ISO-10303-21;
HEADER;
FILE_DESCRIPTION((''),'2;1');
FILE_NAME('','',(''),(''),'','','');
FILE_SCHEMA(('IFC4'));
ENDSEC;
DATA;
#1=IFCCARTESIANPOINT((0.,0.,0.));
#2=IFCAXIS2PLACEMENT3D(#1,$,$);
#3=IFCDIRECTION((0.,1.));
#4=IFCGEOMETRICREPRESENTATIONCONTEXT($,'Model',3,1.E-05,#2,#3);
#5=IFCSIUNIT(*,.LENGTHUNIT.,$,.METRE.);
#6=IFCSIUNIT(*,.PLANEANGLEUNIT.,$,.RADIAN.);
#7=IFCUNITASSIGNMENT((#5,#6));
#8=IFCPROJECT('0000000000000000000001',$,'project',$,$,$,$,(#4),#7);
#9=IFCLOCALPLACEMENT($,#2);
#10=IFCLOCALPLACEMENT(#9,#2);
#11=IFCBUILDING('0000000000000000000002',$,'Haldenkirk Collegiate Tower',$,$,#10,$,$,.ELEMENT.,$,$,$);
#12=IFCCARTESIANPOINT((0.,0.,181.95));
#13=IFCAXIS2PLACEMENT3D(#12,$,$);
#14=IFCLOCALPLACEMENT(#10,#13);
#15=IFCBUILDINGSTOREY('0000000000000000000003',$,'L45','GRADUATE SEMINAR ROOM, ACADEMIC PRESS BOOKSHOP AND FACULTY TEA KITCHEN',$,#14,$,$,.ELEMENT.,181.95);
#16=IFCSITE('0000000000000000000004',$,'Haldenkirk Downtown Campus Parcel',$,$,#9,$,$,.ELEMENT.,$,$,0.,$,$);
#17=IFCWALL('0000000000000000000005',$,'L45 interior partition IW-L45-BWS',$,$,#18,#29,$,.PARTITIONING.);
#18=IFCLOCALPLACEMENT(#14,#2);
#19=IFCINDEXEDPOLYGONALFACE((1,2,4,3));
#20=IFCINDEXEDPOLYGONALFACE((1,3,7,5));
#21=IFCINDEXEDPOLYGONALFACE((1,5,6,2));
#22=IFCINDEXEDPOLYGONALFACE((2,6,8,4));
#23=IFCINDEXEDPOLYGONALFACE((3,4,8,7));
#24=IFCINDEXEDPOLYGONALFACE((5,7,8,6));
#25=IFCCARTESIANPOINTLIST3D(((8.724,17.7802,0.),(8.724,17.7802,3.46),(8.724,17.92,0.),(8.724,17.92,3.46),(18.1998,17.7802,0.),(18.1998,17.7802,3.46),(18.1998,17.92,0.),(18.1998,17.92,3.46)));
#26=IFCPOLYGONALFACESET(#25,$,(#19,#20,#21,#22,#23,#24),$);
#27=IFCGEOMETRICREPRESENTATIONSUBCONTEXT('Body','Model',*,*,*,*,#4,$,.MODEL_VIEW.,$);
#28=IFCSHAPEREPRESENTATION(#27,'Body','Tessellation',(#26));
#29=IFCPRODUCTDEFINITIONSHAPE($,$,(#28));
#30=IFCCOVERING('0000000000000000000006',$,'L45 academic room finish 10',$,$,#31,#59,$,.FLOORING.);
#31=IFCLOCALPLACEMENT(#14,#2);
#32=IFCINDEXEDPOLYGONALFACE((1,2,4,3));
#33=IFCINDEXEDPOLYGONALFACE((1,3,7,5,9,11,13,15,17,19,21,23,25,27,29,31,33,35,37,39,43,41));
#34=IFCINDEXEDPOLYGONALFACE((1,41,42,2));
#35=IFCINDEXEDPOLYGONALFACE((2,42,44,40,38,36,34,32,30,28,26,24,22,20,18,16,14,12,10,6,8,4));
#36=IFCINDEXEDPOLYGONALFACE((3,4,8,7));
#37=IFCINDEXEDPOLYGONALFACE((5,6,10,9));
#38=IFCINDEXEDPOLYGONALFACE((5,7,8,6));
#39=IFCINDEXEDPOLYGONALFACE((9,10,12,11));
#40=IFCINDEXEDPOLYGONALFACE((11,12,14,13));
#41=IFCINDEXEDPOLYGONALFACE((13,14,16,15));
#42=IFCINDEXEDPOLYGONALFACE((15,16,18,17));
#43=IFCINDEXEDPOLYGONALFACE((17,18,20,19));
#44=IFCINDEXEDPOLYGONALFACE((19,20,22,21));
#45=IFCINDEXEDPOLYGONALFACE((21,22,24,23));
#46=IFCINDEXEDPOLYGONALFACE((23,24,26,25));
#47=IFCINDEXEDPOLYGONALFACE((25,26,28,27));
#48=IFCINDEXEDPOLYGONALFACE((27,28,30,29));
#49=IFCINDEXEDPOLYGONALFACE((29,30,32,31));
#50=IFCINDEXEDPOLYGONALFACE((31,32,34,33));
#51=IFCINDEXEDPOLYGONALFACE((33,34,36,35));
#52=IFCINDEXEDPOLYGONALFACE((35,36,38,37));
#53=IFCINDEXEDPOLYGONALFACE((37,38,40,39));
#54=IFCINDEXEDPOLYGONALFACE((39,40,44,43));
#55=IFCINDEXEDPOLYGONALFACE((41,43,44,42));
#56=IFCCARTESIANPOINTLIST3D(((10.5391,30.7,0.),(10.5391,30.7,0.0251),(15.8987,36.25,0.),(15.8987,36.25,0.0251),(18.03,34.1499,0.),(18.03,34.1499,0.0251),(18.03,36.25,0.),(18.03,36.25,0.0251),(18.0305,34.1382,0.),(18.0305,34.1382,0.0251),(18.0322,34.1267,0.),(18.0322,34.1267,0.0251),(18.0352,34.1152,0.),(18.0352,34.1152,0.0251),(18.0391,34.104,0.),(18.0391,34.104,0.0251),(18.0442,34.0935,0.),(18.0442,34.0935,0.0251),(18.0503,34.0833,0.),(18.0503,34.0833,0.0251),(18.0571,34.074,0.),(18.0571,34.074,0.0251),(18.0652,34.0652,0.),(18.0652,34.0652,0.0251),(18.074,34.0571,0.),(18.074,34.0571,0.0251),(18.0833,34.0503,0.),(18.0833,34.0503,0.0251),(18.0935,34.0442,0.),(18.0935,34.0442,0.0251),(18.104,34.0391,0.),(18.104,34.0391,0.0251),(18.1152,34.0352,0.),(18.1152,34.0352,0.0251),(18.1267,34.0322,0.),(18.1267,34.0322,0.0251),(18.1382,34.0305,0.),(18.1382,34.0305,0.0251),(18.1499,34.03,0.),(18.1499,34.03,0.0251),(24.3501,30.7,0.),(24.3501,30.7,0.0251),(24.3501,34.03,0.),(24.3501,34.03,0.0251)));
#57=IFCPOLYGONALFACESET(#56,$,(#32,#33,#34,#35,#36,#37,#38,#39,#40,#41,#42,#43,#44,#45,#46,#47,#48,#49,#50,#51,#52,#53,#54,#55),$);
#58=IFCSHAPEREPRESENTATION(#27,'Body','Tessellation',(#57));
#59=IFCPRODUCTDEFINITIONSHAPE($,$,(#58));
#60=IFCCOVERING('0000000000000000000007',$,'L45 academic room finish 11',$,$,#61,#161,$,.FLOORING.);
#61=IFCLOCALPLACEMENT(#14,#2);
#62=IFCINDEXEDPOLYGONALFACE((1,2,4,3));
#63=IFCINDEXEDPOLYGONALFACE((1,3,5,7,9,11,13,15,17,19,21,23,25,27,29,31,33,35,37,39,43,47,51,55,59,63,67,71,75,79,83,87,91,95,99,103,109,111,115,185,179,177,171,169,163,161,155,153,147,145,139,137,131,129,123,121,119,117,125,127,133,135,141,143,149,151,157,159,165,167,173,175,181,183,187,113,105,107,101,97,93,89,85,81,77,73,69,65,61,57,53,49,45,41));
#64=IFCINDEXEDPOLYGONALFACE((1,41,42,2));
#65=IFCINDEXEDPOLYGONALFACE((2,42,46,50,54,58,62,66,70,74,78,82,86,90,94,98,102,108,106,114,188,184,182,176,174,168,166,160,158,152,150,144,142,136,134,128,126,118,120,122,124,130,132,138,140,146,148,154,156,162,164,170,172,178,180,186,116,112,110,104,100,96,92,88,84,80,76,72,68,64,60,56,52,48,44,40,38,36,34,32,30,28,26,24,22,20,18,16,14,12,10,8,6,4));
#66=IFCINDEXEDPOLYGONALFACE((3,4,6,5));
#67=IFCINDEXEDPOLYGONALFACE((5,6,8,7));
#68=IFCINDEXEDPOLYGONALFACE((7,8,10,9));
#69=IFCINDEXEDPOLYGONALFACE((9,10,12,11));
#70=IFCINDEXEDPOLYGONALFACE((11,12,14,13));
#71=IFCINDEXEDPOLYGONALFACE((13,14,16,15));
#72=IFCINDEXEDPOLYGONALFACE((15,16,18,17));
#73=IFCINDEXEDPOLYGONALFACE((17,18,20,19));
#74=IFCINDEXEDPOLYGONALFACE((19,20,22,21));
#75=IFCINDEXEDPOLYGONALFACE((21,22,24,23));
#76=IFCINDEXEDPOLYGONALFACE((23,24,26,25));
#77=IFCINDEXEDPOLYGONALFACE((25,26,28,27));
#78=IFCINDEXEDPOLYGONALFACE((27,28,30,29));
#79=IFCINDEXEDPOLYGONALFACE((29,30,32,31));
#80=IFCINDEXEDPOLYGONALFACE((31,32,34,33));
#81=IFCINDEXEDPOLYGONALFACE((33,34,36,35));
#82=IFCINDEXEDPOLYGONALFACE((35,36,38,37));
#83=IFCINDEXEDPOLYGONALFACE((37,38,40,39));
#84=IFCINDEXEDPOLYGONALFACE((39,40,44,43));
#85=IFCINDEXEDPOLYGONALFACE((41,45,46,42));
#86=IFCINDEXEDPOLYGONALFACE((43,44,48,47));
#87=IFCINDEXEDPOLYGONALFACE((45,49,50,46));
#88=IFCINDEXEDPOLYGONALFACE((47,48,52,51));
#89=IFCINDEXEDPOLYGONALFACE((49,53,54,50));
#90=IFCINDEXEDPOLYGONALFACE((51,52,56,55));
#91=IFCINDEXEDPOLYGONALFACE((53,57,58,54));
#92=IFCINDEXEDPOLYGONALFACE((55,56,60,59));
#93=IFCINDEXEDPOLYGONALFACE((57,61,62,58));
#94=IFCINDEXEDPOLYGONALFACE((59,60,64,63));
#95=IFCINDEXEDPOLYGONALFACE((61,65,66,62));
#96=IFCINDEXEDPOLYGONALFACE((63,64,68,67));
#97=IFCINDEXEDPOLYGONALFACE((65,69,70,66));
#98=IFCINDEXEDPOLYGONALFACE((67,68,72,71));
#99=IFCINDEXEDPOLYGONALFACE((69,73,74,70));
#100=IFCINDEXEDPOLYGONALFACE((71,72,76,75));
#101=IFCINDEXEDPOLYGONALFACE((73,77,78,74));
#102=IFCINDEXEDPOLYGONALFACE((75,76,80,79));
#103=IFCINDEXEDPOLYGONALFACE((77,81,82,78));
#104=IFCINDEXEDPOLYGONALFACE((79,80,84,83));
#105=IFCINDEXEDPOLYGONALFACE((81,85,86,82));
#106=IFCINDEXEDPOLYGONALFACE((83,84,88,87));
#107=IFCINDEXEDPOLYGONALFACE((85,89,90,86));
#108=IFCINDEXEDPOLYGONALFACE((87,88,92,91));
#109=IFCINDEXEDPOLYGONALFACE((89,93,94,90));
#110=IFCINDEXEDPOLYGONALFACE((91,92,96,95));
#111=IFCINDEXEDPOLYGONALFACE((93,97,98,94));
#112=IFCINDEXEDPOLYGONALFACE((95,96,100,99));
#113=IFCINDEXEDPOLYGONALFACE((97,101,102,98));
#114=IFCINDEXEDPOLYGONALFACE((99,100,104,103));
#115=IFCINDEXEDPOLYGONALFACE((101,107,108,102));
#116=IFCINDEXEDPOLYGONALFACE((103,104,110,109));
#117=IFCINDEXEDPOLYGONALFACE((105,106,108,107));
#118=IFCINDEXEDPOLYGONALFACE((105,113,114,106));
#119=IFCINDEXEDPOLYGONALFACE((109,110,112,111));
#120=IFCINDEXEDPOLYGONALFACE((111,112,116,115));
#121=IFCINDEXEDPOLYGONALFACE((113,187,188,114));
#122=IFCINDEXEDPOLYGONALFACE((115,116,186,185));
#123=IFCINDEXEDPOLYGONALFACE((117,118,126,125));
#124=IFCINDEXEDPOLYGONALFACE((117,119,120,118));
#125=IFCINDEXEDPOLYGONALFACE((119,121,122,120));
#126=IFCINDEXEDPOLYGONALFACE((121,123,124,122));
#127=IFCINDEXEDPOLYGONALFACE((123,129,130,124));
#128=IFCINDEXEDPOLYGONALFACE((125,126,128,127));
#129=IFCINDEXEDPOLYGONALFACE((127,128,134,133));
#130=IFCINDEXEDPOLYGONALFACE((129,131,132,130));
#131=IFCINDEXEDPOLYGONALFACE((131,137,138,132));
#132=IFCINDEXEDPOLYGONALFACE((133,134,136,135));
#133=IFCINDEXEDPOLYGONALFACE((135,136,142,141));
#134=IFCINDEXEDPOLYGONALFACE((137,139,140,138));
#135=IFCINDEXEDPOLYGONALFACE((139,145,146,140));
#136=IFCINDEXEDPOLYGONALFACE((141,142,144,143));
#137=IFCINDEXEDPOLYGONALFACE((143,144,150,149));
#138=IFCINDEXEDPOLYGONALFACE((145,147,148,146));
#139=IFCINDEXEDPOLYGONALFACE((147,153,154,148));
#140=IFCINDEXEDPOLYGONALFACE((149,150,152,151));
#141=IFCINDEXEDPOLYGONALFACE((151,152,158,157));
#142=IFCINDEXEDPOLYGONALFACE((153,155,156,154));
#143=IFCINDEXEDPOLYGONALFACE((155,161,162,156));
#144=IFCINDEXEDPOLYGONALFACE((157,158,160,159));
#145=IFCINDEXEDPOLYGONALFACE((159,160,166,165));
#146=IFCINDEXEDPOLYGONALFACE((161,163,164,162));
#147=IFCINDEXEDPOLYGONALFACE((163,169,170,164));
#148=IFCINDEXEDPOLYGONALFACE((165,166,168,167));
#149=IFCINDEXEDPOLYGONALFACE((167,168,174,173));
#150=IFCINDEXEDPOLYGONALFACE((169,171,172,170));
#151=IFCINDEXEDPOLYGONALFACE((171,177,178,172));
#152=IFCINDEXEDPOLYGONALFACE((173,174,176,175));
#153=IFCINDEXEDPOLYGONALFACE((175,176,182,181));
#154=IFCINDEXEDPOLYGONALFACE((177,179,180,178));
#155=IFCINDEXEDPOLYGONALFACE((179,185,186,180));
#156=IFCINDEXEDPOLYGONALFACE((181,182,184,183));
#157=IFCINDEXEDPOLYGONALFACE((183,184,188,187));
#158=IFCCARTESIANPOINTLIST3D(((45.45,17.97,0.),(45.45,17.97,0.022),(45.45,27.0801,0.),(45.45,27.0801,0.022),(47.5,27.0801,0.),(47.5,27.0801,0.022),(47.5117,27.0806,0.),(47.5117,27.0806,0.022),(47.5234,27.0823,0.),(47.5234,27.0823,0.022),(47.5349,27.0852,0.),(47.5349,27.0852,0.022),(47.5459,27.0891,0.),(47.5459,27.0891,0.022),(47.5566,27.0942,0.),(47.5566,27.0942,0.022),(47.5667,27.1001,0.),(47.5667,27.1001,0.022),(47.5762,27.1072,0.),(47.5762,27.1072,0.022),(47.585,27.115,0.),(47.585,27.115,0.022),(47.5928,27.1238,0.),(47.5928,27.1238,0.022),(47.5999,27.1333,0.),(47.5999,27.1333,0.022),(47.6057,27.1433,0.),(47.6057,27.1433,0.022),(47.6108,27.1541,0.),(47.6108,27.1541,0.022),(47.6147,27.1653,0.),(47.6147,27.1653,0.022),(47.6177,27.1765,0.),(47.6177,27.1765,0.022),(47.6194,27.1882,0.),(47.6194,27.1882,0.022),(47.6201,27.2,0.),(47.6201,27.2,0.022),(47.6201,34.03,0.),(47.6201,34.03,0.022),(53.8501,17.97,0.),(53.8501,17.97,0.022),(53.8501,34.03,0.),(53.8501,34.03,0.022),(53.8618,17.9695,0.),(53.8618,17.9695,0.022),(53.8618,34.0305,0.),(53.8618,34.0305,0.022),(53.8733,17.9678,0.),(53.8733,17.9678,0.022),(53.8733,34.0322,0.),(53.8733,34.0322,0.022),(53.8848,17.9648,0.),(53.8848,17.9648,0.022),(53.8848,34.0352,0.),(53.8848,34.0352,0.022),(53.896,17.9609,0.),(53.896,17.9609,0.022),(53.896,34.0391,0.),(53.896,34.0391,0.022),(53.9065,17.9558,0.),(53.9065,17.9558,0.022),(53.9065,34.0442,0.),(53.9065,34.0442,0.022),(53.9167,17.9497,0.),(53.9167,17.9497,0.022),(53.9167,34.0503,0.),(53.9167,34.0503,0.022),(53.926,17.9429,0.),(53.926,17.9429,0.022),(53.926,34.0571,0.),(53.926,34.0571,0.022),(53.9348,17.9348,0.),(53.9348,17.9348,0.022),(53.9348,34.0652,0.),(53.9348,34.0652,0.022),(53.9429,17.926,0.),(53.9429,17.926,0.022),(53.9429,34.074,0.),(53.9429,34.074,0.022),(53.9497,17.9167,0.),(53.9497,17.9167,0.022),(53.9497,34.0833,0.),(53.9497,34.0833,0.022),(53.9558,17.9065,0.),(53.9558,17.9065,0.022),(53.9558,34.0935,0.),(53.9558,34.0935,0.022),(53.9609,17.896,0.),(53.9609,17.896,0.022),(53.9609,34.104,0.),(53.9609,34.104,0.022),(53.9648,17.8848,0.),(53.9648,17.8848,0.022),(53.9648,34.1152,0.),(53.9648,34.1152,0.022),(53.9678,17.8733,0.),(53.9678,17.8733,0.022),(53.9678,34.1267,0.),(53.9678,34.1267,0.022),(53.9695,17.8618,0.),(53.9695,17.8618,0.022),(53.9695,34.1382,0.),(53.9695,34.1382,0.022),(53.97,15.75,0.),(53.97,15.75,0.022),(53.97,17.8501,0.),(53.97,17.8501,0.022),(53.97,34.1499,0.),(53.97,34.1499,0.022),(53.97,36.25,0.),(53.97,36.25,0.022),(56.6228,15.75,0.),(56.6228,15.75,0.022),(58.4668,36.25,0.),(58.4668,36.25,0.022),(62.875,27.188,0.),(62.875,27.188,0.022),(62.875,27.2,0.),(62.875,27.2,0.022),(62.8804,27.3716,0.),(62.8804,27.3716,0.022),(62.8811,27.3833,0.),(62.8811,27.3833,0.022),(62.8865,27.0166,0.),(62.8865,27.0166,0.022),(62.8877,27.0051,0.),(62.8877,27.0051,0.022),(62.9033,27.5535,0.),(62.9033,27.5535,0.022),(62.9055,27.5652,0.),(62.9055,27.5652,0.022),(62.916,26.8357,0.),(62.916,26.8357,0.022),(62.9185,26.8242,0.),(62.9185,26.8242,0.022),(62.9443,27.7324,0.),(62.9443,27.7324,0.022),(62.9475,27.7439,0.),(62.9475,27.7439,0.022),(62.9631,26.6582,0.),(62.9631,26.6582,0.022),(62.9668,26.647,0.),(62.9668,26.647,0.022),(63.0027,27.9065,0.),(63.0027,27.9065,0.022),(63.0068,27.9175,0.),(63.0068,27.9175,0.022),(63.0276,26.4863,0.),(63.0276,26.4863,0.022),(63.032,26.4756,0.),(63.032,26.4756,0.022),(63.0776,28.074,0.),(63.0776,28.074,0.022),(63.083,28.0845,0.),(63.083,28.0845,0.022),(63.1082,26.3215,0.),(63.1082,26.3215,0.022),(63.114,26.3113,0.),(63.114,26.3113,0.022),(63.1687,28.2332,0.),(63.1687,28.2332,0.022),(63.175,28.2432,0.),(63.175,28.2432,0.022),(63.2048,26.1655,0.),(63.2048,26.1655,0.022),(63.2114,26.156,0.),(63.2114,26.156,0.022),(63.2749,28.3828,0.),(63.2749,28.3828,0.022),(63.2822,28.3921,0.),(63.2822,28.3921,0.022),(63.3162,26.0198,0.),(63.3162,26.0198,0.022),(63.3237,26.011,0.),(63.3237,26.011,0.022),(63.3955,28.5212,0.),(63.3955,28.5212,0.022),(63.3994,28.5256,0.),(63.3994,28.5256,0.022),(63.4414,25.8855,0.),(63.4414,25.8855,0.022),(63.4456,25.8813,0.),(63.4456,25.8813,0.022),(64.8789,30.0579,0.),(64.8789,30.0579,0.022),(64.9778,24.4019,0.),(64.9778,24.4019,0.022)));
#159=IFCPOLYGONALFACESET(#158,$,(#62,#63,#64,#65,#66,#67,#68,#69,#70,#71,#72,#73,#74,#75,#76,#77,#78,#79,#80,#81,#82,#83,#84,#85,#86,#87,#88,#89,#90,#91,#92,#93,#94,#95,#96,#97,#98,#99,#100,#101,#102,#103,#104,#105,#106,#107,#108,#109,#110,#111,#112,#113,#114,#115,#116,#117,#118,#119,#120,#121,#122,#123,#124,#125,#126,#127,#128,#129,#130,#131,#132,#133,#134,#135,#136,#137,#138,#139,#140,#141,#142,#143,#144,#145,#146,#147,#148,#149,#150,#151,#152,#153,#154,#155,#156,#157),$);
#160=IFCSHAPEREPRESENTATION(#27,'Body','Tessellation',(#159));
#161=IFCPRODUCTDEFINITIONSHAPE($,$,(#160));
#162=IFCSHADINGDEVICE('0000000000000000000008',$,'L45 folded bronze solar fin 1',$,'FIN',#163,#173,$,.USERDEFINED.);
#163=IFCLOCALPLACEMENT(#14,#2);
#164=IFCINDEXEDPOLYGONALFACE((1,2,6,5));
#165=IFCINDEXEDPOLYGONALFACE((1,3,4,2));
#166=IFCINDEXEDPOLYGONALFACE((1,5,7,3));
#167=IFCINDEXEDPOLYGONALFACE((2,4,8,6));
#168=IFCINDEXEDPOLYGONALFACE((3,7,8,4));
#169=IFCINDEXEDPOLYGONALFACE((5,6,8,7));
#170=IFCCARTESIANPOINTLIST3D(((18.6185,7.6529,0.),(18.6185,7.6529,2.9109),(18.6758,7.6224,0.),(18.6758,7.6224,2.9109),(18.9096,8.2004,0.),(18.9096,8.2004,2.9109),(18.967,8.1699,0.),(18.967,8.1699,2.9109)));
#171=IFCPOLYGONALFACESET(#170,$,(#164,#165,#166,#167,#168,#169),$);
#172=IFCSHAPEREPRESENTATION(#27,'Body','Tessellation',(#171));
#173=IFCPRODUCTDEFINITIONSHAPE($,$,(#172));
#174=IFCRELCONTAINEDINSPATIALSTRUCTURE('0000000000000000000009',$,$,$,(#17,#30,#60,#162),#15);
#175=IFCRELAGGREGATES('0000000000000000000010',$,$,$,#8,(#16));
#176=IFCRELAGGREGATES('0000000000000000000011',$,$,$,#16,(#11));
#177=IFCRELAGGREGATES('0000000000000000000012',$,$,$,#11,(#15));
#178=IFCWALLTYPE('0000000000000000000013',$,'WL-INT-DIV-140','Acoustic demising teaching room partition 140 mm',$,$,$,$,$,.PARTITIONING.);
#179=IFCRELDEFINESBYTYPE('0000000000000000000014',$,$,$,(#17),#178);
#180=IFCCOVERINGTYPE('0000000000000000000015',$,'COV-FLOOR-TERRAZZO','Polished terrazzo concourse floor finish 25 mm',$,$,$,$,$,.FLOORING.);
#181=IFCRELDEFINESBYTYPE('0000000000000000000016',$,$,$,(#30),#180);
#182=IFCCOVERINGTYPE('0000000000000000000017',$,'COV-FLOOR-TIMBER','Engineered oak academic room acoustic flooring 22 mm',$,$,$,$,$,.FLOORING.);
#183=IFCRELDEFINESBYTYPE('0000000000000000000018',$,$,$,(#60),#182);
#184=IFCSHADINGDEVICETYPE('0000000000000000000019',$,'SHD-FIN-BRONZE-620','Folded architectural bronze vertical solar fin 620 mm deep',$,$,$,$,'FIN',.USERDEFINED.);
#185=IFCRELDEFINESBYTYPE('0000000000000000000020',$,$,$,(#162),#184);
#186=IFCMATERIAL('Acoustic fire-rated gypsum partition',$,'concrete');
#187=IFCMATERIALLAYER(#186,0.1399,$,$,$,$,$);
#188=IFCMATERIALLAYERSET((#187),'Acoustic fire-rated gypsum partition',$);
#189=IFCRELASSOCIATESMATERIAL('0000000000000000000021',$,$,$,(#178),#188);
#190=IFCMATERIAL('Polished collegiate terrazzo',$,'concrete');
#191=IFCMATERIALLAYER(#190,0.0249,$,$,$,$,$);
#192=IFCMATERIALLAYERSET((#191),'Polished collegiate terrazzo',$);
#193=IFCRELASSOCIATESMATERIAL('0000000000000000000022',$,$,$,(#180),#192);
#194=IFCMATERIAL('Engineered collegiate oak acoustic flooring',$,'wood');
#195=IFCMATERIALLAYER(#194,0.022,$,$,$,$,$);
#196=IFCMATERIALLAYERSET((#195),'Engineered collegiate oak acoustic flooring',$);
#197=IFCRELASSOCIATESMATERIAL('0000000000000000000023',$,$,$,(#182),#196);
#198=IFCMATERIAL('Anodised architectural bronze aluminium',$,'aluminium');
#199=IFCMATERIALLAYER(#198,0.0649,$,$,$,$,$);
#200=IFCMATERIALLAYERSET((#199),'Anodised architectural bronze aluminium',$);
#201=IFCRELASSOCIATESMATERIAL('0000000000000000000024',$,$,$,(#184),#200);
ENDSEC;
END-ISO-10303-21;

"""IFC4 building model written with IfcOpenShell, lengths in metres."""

from ifc_helpers import new_model, si_unit, direction, frame, frame_2d, origin, origin_2d, place, context, subcontext, project, spatial, polyline, rectangle, outline, extrude, source, transform, mapped, material, layer, layer_set, type_object, element, save


model = new_model("IFC4")

# Units and contexts
model_context = context("Model", 3, precision=1e-05, world=origin(), true_north=direction((0.0, 1.0)))
body_context = subcontext(model_context, "Body", "Model", "MODEL_VIEW")
ifc_project = project(units=[si_unit("LENGTHUNIT", "METRE"), si_unit("PLANEANGLEUNIT", "RADIAN")], contexts=[model_context])

# Site, building, storey
site_placement = place(None, origin())
site = spatial("IfcSite", under=ifc_project, at=site_placement, Name="Haldenkirk Downtown Campus Parcel", CompositionType="ELEMENT", RefElevation=0.0)
building_placement = place(site_placement, origin())
building = spatial("IfcBuilding", under=site, at=building_placement, Name="Haldenkirk Collegiate Tower", CompositionType="ELEMENT")
storey_placement = place(building_placement, frame((0.0, 0.0, 181.95)))
storey = spatial("IfcBuildingStorey", under=building, at=storey_placement, Name="L45", Description="GRADUATE SEMINAR ROOM, ACADEMIC PRESS BOOKSHOP AND FACULTY TEA KITCHEN", CompositionType="ELEMENT", Elevation=181.95)

# Shared definitions
ifc_material_1 = material(Name="Anodised architectural bronze aluminium", Category="aluminium")

# Shared definitions
ifc_material_2 = material(Name="Acoustic fire-rated gypsum partition", Category="concrete")

# Wall
ifc_layer_1 = layer(ifc_material_2, 0.1399)
ifc_layer_set_1 = layer_set([ifc_layer_1], Name="Acoustic fire-rated gypsum partition")
wall_type_1 = type_object("IfcWallType", Name="WL-INT-DIV-140", Description="Acoustic demising teaching room partition 140 mm", PredefinedType="PARTITIONING", material=ifc_layer_set_1)
wall_1_placement = place(storey_placement, frame((8.7241, 17.8501, 0.0), z_axis=(0.0, 0.0, 1.0), x_axis=(1.0, 0.0, 0.0)))
element("IfcWall", 1, at=wall_1_placement, inside=storey, type_object=wall_type_1, Name="L45 interior partition IW-L45-BWS", PredefinedType="PARTITIONING", context=body_context, shape_type="SweptSolid", body=[
    extrude(rectangle(XDim=9.4758, YDim=0.1399, at=frame_2d((4.7378, 0.0))), origin(), (0.0, 0.0, 1.0), 3.46),
])

# Coverings
ifc_material_3 = material(Name="Polished collegiate terrazzo", Category="concrete")
ifc_layer_2 = layer(ifc_material_3, 0.0249)
ifc_layer_set_2 = layer_set([ifc_layer_2], Name="Polished collegiate terrazzo")
covering_type_1 = type_object("IfcCoveringType", Name="COV-FLOOR-TERRAZZO", Description="Polished terrazzo concourse floor finish 25 mm", PredefinedType="FLOORING", material=ifc_layer_set_2)
covering_1_placement = place(storey_placement, origin())
element("IfcCovering", 2, at=covering_1_placement, inside=storey, type_object=covering_type_1, Name="L45 academic room finish 10", PredefinedType="FLOORING", context=body_context, shape_type="SweptSolid", body=[
    extrude(outline(polyline([(15.8987, 36.25), (18.03, 36.25), (18.03, 34.1499), (18.0305, 34.1382), (18.0322, 34.1267), (18.0352, 34.1152), (18.0391, 34.104), (18.0442, 34.0935), (18.0503, 34.0833), (18.0571, 34.074), (18.0652, 34.0652), (18.074, 34.0571), (18.0833, 34.0503), (18.0935, 34.0442), (18.104, 34.0391), (18.1152, 34.0352), (18.1267, 34.0322), (18.1382, 34.0305), (18.1499, 34.03), (24.3501, 34.03), (24.3501, 30.7), (10.5391, 30.7), (15.8987, 36.25)])), origin(), (0.0, 0.0, 1.0), 0.0251),
])
ifc_material_4 = material(Name="Engineered collegiate oak acoustic flooring", Category="wood")
ifc_layer_3 = layer(ifc_material_4, 0.022)
ifc_layer_set_3 = layer_set([ifc_layer_3], Name="Engineered collegiate oak acoustic flooring")
covering_type_2 = type_object("IfcCoveringType", Name="COV-FLOOR-TIMBER", Description="Engineered oak academic room acoustic flooring 22 mm", PredefinedType="FLOORING", material=ifc_layer_set_3)
covering_2_placement = place(storey_placement, origin())
element("IfcCovering", 3, at=covering_2_placement, inside=storey, type_object=covering_type_2, Name="L45 academic room finish 11", PredefinedType="FLOORING", context=body_context, shape_type="SweptSolid", body=[
    extrude(outline(polyline([(63.3994, 28.5256), (63.3955, 28.5212), (63.2822, 28.3921), (63.2749, 28.3828), (63.175, 28.2432), (63.1687, 28.2332), (63.083, 28.0845), (63.0776, 28.074), (63.0068, 27.9175), (63.0027, 27.9065), (62.9475, 27.7439), (62.9443, 27.7324), (62.9055, 27.5652), (62.9033, 27.5535), (62.8811, 27.3833), (62.8804, 27.3716), (62.875, 27.2), (62.875, 27.188), (62.8865, 27.0166), (62.8877, 27.0051), (62.916, 26.8357), (62.9185, 26.8242), (62.9631, 26.6582), (62.9668, 26.647), (63.0276, 26.4863), (63.032, 26.4756), (63.1082, 26.3215), (63.114, 26.3113), (63.2048, 26.1655), (63.2114, 26.156), (63.3162, 26.0198), (63.3237, 26.011), (63.4414, 25.8855), (63.4456, 25.8813), (64.9778, 24.4019), (56.6228, 15.75), (53.97, 15.75), (53.97, 17.8501), (53.9695, 17.8618), (53.9678, 17.8733), (53.9648, 17.8848), (53.9609, 17.896), (53.9558, 17.9065), (53.9497, 17.9167), (53.9429, 17.926), (53.9348, 17.9348), (53.926, 17.9429), (53.9167, 17.9497), (53.9065, 17.9558), (53.896, 17.9609), (53.8848, 17.9648), (53.8733, 17.9678), (53.8618, 17.9695), (53.8501, 17.97), (45.45, 17.97), (45.45, 27.0801), (47.5, 27.0801), (47.5117, 27.0806), (47.5234, 27.0823), (47.5349, 27.0852), (47.5459, 27.0891), (47.5566, 27.0942), (47.5667, 27.1001), (47.5762, 27.1072), (47.585, 27.115), (47.5928, 27.1238), (47.5999, 27.1333), (47.6057, 27.1433), (47.6108, 27.1541), (47.6147, 27.1653), (47.6177, 27.1765), (47.6194, 27.1882), (47.6201, 27.2), (47.6201, 34.03), (53.8501, 34.03), (53.8618, 34.0305), (53.8733, 34.0322), (53.8848, 34.0352), (53.896, 34.0391), (53.9065, 34.0442), (53.9167, 34.0503), (53.926, 34.0571), (53.9348, 34.0652), (53.9429, 34.074), (53.9497, 34.0833), (53.9558, 34.0935), (53.9609, 34.104), (53.9648, 34.1152), (53.9678, 34.1267), (53.9695, 34.1382), (53.97, 34.1499), (53.97, 36.25), (58.4668, 36.25), (64.8789, 30.0579), (63.3994, 28.5256)])), origin(), (0.0, 0.0, 1.0), 0.022),
])

# Shading device
ifc_layer_4 = layer(ifc_material_1, 0.0649)
ifc_layer_set_4 = layer_set([ifc_layer_4], Name="Anodised architectural bronze aluminium")
shading_device_type = type_object("IfcShadingDeviceType", Name="SHD-FIN-BRONZE-620", Description="Folded architectural bronze vertical solar fin 620 mm deep", ElementType="FIN", PredefinedType="USERDEFINED", material=ifc_layer_set_4)
shared_shape_1 = source(origin(), body_context, "Body", "SweptSolid", [
    extrude(rectangle(XDim=0.6201, YDim=0.0649, at=origin_2d()), origin(), (0.0, 0.0, 1.0), 2.9109),
])
shading_device_placement = place(storey_placement, frame((18.7927, 7.9114, 0.0), z_axis=(0.0, 0.0, 1.0), x_axis=(-0.469472, -0.882948, 0.0)))
element("IfcShadingDevice", 4, at=shading_device_placement, inside=storey, type_object=shading_device_type, Name="L45 folded bronze solar fin 1", ObjectType="FIN", PredefinedType="USERDEFINED", context=body_context, shape_type="MappedRepresentation", body=[
    mapped(shared_shape_1, transform((0.0, 0.0, 0.0), x_axis=(1.0, 0.0, 0.0), y_axis=(0.0, 1.0, 0.0), z_axis=(0.0, 0.0, 1.0), scale=1.0)),
])

save(model, "model.ifc")
